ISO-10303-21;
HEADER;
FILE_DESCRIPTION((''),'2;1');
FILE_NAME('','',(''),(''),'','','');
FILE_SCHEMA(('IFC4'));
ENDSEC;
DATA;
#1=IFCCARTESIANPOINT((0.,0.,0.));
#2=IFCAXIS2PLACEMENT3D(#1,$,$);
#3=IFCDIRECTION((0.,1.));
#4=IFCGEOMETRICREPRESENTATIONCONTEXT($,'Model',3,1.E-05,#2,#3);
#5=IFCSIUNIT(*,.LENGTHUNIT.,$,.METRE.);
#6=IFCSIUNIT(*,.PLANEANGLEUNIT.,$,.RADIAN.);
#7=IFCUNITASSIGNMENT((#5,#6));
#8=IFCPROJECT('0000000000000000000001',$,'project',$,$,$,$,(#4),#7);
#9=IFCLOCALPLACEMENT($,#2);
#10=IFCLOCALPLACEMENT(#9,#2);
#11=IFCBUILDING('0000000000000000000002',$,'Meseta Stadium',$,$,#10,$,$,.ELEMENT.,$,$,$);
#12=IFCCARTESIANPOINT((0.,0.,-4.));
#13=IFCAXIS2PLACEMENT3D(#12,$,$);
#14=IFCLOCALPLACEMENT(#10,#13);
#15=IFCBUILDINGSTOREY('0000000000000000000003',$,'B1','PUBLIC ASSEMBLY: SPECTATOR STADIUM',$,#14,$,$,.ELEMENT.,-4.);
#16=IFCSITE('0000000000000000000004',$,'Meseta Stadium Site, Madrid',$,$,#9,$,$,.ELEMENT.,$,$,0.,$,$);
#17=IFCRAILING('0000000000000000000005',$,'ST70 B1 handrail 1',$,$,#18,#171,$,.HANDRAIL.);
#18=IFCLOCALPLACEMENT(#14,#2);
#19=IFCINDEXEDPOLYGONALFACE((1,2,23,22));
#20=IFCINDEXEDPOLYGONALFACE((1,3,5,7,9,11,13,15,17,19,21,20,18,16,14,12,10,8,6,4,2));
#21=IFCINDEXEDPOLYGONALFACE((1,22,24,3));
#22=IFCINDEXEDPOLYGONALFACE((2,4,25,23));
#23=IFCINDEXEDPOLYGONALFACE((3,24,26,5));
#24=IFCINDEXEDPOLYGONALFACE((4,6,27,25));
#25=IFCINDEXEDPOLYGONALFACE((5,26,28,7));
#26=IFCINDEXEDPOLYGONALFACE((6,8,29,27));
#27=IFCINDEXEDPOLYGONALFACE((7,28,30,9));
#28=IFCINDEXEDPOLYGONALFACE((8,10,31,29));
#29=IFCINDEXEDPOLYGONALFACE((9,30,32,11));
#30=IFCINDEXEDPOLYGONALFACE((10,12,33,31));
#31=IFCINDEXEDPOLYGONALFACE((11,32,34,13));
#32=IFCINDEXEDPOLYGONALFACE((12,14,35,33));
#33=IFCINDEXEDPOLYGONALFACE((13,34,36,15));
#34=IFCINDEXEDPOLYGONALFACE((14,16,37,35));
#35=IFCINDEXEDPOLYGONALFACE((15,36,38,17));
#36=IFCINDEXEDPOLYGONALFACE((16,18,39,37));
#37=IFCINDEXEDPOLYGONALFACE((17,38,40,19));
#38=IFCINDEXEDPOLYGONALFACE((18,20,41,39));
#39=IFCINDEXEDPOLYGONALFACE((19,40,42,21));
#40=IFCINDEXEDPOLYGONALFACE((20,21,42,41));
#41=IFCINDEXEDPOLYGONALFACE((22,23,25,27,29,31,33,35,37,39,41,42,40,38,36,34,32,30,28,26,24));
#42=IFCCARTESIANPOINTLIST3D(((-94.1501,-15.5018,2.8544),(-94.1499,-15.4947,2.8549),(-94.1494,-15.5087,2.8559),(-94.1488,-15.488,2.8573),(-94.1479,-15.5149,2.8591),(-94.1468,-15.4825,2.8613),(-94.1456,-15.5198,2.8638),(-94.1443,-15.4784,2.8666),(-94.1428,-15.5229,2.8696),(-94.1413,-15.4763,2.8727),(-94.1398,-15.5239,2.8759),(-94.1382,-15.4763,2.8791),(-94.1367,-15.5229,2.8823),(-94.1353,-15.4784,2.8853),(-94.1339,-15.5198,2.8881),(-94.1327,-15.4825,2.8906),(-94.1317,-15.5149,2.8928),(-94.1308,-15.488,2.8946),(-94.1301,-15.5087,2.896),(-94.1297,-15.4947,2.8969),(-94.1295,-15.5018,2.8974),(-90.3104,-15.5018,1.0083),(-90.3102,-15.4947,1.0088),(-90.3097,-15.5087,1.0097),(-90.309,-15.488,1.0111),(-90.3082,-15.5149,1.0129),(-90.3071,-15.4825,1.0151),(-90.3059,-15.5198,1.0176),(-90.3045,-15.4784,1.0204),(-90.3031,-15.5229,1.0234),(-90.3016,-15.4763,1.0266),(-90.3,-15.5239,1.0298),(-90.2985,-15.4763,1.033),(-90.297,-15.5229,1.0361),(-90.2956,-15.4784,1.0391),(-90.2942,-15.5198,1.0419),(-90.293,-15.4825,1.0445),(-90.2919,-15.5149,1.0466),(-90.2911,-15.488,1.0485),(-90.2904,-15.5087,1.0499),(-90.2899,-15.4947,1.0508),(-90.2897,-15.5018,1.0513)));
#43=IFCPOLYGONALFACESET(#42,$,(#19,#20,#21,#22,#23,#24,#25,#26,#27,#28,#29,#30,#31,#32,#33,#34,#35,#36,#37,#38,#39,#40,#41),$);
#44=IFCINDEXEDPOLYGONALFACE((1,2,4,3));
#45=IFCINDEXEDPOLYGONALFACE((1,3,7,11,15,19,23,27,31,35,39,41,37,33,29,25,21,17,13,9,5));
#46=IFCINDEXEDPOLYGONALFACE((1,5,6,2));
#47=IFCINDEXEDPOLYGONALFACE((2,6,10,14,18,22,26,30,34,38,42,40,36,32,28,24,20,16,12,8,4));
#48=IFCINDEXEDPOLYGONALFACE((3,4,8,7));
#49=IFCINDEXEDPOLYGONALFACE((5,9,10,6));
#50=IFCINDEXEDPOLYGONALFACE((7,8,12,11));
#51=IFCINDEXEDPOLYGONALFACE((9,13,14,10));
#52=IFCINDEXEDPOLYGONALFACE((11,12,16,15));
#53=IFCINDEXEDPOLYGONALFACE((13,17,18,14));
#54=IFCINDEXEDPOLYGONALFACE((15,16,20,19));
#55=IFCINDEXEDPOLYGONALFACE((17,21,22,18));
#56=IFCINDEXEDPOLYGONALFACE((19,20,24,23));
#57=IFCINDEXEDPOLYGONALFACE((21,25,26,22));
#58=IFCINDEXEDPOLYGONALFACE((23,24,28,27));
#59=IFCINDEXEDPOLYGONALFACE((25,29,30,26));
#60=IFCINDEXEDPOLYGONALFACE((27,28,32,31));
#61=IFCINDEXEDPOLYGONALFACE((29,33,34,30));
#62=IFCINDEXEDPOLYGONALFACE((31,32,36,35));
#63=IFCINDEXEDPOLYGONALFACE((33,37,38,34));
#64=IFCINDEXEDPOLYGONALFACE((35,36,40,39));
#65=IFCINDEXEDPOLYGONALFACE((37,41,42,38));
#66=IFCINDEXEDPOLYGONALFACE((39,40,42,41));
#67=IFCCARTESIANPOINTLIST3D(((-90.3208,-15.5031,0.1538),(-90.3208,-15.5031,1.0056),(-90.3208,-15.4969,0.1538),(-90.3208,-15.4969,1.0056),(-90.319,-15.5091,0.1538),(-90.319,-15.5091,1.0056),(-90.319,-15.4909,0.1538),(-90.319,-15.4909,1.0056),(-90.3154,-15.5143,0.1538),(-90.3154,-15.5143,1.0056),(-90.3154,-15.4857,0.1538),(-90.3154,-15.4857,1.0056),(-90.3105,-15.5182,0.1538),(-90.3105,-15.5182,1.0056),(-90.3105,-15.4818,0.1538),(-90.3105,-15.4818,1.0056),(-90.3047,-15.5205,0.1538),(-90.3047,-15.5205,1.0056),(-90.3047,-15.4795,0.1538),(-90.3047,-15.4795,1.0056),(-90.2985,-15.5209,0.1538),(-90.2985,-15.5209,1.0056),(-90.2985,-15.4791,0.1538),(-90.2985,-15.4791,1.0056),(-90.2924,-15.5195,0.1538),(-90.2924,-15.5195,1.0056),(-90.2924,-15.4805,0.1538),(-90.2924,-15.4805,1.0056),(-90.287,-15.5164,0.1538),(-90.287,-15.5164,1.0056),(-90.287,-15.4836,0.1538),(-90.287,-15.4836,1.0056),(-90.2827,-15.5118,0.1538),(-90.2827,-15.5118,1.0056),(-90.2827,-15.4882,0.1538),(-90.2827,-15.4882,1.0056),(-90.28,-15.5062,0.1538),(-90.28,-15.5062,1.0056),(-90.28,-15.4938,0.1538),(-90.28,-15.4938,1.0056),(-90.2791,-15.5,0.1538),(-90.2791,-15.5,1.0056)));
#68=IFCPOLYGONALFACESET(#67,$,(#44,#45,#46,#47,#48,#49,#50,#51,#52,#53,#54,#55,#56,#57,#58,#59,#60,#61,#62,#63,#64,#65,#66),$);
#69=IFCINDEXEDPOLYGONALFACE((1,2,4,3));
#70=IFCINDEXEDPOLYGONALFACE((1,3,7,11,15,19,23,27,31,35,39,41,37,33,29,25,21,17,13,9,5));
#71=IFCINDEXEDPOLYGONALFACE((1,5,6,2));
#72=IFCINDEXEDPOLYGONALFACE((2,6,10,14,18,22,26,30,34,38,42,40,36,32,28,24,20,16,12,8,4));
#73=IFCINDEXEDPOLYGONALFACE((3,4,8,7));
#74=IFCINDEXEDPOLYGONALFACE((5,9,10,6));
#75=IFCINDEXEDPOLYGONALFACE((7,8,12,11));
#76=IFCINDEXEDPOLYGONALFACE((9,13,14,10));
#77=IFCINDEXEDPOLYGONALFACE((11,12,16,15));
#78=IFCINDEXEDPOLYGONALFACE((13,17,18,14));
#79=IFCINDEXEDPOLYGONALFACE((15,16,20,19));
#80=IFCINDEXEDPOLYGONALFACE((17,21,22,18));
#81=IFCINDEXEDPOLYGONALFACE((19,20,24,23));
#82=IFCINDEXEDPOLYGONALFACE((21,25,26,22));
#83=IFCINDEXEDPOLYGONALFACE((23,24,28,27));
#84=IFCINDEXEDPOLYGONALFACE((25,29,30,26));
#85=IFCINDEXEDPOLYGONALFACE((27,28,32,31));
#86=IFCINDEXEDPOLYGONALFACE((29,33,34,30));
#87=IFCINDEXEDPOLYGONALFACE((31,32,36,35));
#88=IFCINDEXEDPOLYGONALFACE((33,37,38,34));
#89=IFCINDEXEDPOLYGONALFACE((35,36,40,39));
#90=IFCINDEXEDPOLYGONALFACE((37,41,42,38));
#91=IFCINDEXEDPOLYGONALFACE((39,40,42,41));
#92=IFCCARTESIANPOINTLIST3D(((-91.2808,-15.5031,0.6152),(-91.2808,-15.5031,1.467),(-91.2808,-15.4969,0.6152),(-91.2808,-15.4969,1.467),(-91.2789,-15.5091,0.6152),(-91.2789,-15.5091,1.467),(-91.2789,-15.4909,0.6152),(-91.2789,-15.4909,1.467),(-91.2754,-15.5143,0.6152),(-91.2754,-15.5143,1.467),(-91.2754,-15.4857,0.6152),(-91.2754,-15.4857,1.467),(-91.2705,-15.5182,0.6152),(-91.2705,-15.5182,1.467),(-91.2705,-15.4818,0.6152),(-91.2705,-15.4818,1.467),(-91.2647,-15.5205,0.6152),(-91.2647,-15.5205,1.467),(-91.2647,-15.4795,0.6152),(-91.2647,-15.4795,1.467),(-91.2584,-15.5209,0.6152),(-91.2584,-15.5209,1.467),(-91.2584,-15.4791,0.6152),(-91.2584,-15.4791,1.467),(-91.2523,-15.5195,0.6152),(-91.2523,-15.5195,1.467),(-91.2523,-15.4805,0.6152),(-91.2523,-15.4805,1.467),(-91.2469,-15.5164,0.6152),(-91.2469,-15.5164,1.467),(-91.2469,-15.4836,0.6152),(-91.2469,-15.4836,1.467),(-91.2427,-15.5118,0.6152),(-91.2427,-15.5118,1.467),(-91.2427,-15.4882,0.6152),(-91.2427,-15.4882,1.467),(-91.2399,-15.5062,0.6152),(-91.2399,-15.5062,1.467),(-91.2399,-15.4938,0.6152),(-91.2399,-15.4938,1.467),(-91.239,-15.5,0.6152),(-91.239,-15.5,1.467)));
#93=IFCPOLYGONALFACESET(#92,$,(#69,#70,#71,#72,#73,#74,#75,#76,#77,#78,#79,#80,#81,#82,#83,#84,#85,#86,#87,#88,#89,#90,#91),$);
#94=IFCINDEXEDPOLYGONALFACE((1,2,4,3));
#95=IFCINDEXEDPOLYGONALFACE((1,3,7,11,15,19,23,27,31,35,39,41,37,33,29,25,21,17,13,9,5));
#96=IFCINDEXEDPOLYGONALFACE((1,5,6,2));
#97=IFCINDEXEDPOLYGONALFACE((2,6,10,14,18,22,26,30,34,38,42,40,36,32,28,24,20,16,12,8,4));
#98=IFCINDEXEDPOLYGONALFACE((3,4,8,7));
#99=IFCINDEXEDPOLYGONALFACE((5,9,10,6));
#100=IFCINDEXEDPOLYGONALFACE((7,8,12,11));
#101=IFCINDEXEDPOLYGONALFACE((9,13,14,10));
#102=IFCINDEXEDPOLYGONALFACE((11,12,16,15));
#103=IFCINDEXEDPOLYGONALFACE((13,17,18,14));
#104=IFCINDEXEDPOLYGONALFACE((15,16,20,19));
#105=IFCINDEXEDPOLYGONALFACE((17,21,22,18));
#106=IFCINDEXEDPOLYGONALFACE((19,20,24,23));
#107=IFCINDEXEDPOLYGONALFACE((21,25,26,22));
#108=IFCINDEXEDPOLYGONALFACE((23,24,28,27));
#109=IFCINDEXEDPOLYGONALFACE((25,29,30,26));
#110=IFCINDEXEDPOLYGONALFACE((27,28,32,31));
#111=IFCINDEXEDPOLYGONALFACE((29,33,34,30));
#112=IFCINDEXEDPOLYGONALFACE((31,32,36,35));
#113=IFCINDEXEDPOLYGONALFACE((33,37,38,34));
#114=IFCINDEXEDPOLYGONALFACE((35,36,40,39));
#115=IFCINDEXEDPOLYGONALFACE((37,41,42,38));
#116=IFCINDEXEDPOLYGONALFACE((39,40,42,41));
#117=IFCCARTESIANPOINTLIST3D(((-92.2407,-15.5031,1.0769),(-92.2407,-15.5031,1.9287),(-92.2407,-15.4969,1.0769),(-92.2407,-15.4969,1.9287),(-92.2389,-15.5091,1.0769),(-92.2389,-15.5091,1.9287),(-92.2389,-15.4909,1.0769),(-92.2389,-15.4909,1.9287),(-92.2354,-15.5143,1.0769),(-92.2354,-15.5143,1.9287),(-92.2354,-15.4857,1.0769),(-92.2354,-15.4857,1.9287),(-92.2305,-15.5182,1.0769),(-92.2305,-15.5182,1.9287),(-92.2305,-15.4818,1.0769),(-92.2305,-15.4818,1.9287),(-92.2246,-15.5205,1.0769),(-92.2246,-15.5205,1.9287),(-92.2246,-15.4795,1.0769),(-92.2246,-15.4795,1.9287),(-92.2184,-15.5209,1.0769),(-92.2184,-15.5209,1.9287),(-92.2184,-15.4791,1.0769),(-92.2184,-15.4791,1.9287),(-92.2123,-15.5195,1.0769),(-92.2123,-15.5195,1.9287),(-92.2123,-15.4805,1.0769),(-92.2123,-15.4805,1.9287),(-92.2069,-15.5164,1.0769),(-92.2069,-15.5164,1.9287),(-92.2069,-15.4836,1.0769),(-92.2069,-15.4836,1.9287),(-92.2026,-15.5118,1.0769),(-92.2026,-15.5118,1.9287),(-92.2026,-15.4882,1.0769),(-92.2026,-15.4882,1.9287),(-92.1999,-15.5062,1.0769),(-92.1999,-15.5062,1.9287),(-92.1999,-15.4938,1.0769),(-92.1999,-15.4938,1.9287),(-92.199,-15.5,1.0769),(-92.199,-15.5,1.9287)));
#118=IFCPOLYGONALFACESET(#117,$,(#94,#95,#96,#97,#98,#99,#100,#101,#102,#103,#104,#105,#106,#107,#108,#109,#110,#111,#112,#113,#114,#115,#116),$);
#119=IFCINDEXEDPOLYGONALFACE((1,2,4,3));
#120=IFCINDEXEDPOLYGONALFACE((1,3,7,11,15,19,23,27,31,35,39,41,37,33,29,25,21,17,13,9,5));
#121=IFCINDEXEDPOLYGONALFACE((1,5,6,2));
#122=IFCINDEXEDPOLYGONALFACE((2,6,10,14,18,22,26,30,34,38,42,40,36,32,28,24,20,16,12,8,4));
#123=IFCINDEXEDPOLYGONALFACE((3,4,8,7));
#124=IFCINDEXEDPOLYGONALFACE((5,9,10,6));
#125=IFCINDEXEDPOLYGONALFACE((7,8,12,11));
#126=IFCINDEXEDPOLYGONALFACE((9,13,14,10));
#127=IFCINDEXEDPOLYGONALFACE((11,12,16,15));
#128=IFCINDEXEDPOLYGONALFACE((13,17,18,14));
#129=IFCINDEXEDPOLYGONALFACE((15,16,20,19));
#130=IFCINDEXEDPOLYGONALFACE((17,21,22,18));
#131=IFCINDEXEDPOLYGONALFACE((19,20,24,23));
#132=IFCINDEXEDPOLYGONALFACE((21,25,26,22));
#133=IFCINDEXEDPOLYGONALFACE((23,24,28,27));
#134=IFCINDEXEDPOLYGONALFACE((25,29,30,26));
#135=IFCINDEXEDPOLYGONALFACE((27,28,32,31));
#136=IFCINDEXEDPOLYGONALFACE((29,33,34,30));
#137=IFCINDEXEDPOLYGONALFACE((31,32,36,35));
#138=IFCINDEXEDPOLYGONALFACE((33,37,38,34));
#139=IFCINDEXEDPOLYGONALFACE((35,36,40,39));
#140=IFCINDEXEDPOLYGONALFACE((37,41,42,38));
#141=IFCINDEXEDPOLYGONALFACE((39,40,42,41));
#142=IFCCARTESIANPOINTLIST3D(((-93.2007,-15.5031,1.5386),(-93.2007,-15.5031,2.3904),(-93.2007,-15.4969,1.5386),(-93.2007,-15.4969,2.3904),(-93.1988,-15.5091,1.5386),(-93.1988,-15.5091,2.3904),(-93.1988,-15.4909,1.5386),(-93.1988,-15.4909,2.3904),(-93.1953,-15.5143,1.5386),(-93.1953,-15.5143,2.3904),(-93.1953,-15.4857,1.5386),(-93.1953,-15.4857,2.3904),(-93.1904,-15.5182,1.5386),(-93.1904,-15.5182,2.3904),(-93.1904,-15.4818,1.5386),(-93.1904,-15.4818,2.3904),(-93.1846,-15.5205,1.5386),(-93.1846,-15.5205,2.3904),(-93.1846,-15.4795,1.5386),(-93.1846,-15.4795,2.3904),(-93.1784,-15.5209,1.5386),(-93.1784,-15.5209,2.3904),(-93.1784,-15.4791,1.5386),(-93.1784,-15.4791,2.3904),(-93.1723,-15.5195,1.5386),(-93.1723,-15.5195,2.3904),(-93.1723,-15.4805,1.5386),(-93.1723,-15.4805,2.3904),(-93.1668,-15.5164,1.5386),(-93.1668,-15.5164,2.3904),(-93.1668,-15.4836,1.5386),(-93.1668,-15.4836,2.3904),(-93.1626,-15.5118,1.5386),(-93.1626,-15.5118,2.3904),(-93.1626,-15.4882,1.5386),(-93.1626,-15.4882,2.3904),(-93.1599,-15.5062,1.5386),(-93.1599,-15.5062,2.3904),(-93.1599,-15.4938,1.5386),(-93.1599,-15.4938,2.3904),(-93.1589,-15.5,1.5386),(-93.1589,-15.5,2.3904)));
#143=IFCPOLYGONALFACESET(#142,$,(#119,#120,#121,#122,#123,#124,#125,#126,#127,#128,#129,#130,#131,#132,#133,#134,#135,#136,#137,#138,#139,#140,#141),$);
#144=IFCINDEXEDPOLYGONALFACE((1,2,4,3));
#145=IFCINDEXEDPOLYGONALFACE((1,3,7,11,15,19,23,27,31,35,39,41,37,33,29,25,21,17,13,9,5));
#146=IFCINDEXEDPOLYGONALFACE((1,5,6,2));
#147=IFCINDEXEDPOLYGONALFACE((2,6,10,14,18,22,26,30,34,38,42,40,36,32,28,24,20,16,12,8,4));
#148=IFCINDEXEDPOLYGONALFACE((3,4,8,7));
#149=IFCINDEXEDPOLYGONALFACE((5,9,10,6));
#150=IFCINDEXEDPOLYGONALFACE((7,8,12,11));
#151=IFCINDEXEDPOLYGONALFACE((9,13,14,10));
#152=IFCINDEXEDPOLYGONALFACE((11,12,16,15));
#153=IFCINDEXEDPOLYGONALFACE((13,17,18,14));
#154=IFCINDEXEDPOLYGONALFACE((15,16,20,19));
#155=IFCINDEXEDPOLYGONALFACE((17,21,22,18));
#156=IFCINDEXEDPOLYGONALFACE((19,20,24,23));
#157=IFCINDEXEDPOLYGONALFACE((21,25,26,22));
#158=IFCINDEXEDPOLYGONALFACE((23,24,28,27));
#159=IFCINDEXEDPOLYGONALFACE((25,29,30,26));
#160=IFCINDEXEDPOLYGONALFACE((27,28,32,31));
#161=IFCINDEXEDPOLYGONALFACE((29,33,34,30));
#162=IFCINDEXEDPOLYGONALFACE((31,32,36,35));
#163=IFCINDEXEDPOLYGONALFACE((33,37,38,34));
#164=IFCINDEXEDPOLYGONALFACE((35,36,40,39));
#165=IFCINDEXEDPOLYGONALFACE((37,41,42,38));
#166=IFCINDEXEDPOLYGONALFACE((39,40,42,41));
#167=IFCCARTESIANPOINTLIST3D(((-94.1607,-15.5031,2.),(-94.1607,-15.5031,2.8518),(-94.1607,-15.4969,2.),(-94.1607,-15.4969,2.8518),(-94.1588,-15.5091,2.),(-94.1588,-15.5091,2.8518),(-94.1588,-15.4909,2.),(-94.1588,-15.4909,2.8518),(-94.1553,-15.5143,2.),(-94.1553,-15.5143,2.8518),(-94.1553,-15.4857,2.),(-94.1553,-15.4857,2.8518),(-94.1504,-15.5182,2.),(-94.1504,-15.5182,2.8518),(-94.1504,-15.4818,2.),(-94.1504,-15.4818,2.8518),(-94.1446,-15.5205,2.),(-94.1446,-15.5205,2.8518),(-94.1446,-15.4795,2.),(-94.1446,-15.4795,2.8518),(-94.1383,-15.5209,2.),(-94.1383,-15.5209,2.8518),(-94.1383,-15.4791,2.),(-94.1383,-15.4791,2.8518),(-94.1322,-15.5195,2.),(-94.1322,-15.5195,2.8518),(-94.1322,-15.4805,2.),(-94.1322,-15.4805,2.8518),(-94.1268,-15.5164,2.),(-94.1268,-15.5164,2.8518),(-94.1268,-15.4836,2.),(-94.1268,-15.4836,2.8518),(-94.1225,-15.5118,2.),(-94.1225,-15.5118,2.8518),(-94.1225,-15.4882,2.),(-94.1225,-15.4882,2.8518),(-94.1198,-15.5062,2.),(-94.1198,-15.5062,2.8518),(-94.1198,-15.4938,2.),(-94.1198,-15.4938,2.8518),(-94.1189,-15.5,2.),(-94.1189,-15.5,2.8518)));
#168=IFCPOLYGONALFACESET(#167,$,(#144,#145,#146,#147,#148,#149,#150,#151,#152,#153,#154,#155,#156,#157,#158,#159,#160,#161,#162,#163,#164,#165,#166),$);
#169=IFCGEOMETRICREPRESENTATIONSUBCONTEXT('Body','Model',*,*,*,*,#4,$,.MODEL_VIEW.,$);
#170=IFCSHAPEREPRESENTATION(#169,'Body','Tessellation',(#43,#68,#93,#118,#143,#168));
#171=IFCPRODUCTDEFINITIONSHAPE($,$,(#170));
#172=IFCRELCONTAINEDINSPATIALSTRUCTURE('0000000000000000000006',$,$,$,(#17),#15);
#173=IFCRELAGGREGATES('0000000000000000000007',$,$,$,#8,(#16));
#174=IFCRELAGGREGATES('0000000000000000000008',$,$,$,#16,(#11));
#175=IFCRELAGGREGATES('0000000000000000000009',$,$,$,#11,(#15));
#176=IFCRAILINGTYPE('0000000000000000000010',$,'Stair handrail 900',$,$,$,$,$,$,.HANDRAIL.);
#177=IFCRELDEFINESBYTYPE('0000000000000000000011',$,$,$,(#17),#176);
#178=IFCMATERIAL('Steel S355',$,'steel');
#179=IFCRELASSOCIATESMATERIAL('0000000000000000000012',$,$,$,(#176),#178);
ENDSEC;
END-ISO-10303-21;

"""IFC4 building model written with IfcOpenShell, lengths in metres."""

from ifc_helpers import new_model, si_unit, direction, frame, origin, origin_2d, place, context, subcontext, project, spatial, circle, extrude, material, type_object, element, save


model = new_model("IFC4")

# Units and contexts
model_context = context("Model", 3, precision=1e-05, world=origin(), true_north=direction((0.0, 1.0)))
body_context = subcontext(model_context, "Body", "Model", "MODEL_VIEW")
ifc_project = project(units=[si_unit("LENGTHUNIT", "METRE"), si_unit("PLANEANGLEUNIT", "RADIAN")], contexts=[model_context])

# Site, building, storey
site_placement = place(None, origin())
site = spatial("IfcSite", under=ifc_project, at=site_placement, Name="Meseta Stadium Site, Madrid", CompositionType="ELEMENT", RefElevation=0.0)
building_placement = place(site_placement, origin())
building = spatial("IfcBuilding", under=site, at=building_placement, Name="Meseta Stadium", CompositionType="ELEMENT")
storey_placement = place(building_placement, frame((0.0, 0.0, -4.0)))
storey = spatial("IfcBuildingStorey", under=building, at=storey_placement, Name="B1", Description="PUBLIC ASSEMBLY: SPECTATOR STADIUM", CompositionType="ELEMENT", Elevation=-4.0)

# Railing
ifc_material_1 = material(Name="Steel S355", Category="steel")
railing_type_1 = type_object("IfcRailingType", Name="Stair handrail 900", PredefinedType="HANDRAIL", material=ifc_material_1)
railing_1_placement = place(storey_placement, frame((-90.3, -15.5, 0.1538)))
element("IfcRailing", 1, at=railing_1_placement, inside=storey, type_object=railing_type_1, Name="ST70 B1 handrail 1", PredefinedType="HANDRAIL", context=body_context, shape_type="SweptSolid", body=[
    extrude(circle(Radius=0.0239, at=origin_2d()), frame((0.0, 0.0, 0.876), z_axis=(-0.901242, 0.0, 0.433316), x_axis=(0.0, -1.0, 0.0)), (0.0, 0.0, 1.0), 4.2605),
    extrude(circle(Radius=0.021, at=origin_2d()), origin(), (0.0, 0.0, 1.0), 0.8518),
    extrude(circle(Radius=0.021, at=origin_2d()), frame((-0.96, 0.0, 0.4614)), (0.0, 0.0, 1.0), 0.8518),
    extrude(circle(Radius=0.021, at=origin_2d()), frame((-1.9199, 0.0, 0.9231)), (0.0, 0.0, 1.0), 0.8518),
    extrude(circle(Radius=0.021, at=origin_2d()), frame((-2.8799, 0.0, 1.3848)), (0.0, 0.0, 1.0), 0.8518),
    extrude(circle(Radius=0.021, at=origin_2d()), frame((-3.8398, 0.0, 1.8462)), (0.0, 0.0, 1.0), 0.8518),
])

save(model, "model.ifc")
